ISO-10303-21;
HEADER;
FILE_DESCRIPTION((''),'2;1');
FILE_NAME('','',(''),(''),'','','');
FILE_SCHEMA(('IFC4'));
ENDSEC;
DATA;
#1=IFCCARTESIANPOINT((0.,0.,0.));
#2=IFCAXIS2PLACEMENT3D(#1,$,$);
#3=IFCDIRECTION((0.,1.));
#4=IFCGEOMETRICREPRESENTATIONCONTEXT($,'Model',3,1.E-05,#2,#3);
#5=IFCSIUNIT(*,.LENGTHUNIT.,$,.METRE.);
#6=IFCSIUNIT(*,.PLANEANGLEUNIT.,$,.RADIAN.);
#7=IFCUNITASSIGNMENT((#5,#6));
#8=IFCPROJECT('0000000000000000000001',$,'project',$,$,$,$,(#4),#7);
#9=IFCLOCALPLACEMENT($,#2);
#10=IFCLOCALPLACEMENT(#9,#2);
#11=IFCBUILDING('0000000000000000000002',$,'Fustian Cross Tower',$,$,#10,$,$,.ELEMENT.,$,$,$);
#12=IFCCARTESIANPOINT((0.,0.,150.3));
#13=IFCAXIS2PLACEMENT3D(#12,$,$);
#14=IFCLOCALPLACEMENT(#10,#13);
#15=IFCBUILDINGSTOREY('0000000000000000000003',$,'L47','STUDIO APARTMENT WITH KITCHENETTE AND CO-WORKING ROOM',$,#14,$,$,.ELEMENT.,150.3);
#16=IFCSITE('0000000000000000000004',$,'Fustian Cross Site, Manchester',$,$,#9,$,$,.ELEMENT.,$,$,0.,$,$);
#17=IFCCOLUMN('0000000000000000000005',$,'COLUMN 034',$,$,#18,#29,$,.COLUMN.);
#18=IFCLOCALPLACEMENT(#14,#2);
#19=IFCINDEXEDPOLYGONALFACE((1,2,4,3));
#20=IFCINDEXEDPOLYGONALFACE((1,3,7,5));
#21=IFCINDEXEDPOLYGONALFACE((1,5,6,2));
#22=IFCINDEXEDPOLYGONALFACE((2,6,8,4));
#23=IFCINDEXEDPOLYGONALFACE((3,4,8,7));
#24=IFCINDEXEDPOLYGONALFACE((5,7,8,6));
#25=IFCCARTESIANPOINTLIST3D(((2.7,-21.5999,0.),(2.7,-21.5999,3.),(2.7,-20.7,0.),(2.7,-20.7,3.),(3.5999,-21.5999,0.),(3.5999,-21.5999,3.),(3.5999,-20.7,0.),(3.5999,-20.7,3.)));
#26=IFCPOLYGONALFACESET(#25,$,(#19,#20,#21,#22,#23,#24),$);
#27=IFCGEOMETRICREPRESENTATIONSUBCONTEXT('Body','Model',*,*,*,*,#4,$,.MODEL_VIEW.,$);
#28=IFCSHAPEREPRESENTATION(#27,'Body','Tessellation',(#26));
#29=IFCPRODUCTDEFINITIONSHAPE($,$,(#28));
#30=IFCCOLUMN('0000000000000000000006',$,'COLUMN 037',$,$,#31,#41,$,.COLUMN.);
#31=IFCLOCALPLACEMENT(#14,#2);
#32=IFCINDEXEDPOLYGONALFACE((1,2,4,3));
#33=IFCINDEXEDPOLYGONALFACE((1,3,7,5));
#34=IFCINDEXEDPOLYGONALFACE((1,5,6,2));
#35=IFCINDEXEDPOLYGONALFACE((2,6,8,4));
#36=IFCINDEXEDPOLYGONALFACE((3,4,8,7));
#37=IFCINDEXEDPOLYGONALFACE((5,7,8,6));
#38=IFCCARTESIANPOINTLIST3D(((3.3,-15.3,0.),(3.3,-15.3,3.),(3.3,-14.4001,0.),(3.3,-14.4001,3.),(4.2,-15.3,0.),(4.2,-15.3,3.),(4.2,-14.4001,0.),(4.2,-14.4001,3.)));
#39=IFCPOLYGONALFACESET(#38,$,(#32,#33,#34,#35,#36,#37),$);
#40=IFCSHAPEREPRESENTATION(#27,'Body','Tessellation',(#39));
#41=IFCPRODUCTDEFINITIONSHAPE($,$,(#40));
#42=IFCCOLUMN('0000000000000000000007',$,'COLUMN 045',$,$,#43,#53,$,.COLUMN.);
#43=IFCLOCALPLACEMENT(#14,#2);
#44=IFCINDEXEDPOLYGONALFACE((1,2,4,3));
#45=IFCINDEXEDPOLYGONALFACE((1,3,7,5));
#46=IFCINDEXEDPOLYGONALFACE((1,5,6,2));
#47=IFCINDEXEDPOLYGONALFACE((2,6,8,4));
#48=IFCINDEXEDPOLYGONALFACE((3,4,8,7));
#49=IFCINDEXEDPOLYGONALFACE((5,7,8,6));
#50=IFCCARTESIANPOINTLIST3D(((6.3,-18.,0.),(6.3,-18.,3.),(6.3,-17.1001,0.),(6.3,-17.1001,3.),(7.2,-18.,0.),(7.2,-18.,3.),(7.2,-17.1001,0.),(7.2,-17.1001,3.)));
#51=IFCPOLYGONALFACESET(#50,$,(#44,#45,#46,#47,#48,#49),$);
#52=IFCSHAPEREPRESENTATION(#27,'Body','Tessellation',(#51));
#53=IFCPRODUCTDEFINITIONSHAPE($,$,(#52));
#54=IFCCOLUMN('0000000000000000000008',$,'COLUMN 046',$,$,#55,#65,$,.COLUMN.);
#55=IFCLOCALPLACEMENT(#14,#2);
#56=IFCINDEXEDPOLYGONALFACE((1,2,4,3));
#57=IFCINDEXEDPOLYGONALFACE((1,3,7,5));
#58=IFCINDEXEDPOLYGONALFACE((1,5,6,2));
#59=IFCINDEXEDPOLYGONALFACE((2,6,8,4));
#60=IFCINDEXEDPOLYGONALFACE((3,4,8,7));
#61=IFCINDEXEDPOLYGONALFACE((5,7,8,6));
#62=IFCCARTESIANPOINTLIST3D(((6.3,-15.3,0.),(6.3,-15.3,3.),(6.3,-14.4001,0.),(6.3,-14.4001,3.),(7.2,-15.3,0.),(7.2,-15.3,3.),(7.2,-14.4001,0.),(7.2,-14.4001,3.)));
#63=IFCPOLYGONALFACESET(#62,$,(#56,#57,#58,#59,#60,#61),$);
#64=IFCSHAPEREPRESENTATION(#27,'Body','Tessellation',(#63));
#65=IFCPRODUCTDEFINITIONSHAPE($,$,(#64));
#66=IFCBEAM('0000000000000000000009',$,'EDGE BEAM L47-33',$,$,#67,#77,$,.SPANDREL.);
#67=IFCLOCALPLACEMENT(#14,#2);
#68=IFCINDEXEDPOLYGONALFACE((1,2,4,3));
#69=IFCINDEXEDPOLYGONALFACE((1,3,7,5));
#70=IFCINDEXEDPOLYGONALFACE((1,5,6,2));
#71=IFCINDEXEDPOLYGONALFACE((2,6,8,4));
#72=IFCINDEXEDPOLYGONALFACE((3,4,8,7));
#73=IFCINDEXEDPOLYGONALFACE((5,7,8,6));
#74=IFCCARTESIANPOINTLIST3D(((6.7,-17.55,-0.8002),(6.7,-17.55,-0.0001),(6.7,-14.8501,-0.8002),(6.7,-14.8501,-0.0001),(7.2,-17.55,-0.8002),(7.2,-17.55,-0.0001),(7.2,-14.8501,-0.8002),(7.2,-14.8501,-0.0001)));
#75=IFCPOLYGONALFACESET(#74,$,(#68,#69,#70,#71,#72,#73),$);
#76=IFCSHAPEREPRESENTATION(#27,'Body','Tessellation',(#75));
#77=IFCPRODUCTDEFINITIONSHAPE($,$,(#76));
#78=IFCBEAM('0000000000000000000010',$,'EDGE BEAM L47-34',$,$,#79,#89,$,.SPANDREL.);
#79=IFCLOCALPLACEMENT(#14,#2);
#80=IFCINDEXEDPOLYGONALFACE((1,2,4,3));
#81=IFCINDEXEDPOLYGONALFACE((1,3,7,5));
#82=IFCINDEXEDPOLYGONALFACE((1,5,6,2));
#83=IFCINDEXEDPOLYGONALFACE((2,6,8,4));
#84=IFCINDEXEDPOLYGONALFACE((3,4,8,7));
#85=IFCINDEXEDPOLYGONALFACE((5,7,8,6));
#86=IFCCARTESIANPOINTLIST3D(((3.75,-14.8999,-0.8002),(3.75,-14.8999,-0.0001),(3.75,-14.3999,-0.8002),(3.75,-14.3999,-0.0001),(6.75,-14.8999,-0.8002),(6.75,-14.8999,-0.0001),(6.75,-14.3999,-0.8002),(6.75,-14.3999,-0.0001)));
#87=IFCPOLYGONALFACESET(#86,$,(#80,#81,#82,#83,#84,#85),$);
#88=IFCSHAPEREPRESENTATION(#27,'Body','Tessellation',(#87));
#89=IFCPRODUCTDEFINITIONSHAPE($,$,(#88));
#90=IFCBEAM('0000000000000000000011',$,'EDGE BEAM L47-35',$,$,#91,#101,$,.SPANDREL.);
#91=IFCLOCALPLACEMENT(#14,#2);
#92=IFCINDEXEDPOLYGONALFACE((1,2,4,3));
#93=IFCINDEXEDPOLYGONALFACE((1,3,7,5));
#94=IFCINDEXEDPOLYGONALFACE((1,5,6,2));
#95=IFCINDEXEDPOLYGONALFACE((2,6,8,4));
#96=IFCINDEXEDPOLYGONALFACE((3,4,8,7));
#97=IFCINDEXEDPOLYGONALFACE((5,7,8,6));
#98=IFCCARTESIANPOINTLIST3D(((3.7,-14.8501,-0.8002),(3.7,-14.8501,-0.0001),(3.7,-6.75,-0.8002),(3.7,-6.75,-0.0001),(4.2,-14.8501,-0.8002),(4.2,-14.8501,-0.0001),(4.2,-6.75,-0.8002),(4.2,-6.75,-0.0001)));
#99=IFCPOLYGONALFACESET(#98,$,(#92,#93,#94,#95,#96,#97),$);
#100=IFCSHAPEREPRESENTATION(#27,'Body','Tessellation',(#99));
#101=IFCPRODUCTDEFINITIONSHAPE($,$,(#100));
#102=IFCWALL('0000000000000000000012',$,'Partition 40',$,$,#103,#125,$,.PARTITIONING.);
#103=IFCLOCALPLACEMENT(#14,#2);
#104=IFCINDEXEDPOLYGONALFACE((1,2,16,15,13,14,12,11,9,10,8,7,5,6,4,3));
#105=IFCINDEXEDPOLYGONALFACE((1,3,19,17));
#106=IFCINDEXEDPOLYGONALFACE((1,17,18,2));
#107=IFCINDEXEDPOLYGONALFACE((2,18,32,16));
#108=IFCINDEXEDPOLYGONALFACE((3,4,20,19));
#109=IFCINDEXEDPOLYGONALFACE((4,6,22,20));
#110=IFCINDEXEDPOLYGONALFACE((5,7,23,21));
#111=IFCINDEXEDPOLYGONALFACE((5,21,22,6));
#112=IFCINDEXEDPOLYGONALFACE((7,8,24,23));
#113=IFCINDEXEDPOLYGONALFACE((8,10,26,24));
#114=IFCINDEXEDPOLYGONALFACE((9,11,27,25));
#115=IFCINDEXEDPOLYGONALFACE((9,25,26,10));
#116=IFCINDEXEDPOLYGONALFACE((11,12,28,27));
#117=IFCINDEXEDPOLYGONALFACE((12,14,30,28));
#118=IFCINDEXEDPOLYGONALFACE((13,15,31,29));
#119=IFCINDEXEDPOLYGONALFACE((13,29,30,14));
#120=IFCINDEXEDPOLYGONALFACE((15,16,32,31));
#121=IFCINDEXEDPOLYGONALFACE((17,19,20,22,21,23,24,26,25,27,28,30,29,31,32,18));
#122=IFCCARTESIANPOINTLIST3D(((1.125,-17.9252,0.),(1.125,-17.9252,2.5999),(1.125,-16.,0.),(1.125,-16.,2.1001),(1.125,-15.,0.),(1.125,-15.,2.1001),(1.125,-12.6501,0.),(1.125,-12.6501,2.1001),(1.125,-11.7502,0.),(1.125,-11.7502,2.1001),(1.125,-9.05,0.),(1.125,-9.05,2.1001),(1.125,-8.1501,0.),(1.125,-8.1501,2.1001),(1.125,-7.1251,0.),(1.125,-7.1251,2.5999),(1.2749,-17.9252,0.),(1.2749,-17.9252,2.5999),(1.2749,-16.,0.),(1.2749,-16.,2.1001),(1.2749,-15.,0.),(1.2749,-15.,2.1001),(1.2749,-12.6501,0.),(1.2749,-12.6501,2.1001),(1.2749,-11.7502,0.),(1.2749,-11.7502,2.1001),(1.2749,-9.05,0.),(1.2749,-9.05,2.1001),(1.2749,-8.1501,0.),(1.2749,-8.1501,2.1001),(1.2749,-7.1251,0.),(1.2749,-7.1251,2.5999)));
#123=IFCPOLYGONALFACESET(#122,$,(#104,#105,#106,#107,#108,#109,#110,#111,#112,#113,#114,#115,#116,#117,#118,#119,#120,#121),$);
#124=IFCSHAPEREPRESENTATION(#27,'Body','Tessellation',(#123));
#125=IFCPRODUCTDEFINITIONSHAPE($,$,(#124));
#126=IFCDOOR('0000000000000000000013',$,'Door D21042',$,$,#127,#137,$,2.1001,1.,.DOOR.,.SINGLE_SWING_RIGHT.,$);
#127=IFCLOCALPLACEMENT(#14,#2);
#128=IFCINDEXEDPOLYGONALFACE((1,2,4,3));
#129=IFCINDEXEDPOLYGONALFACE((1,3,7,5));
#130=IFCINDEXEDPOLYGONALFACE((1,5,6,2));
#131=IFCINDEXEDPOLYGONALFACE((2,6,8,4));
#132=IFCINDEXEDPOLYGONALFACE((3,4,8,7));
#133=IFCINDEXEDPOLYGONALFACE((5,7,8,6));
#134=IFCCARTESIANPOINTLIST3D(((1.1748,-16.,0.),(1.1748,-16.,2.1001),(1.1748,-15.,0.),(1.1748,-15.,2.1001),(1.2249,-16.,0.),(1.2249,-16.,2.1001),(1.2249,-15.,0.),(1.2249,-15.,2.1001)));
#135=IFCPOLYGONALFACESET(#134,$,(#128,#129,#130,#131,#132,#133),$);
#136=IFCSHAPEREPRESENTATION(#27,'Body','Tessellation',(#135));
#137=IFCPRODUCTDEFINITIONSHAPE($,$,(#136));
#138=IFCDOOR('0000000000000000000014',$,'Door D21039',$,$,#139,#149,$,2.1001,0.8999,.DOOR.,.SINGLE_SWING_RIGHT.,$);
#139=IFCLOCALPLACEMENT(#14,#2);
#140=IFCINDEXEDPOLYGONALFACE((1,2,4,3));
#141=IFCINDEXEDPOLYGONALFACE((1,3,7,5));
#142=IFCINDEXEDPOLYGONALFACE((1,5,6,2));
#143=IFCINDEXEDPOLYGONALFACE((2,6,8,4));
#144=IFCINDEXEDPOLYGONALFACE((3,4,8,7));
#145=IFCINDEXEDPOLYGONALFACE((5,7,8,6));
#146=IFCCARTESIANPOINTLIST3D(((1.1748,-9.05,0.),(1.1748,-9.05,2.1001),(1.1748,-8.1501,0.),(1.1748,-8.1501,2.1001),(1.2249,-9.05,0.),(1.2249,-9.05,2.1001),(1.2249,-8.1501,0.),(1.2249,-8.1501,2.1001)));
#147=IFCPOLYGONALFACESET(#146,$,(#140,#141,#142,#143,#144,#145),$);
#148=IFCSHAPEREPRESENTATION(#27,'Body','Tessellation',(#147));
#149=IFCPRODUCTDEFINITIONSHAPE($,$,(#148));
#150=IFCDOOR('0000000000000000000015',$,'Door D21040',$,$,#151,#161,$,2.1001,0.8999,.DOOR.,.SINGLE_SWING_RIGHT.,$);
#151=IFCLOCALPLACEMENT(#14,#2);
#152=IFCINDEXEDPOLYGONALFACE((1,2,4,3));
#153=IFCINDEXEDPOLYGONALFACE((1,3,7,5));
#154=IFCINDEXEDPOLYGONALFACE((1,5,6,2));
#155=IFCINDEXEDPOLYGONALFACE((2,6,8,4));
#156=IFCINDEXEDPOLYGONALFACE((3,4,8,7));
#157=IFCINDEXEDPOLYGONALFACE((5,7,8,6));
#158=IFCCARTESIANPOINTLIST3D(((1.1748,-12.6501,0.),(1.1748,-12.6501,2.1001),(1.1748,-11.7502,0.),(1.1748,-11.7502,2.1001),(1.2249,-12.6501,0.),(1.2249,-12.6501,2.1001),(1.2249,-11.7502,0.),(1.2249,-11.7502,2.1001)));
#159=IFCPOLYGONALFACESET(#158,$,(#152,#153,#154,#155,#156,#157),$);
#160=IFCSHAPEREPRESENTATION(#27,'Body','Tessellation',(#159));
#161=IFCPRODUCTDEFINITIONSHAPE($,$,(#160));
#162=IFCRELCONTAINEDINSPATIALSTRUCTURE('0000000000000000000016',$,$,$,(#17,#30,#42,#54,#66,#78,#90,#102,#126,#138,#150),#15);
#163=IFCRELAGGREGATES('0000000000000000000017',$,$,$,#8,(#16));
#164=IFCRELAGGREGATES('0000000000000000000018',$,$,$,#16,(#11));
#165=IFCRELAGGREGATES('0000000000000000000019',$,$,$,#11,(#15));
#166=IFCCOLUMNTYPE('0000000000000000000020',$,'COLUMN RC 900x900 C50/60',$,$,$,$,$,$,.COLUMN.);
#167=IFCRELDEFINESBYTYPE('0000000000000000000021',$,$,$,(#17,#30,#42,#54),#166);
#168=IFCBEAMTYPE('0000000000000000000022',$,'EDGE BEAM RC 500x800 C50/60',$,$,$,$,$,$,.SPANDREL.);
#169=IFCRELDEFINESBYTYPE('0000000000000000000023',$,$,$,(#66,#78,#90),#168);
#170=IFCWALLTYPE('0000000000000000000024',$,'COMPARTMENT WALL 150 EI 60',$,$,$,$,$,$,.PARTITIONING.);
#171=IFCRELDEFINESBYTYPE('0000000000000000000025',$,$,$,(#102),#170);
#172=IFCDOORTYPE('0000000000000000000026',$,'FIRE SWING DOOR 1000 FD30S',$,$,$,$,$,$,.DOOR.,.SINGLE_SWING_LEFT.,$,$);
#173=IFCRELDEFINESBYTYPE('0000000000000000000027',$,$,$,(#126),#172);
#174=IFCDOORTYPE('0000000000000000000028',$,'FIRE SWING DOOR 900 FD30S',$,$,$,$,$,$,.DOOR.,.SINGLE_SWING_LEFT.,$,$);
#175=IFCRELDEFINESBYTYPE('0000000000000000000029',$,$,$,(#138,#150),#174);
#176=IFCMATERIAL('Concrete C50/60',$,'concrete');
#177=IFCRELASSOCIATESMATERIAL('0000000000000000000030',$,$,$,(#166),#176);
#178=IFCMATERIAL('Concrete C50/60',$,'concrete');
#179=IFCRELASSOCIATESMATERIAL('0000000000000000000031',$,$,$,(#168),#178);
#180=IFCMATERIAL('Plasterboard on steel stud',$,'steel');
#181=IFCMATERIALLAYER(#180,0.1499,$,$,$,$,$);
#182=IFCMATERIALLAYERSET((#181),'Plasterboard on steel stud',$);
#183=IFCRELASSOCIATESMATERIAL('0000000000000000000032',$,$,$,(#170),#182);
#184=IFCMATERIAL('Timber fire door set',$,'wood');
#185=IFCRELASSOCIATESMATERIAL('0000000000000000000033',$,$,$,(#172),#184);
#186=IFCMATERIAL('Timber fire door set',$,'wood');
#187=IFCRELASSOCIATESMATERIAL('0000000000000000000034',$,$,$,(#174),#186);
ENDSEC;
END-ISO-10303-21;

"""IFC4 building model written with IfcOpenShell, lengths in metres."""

from ifc_helpers import new_model, si_unit, direction, frame, frame_2d, origin, origin_2d, place, context, subcontext, project, spatial, rectangle, extrude, material, layer, layer_set, material_profile, profile_set, type_object, element, fill, save


model = new_model("IFC4")

# Units and contexts
model_context = context("Model", 3, precision=1e-05, world=origin(), true_north=direction((0.0, 1.0)))
body_context = subcontext(model_context, "Body", "Model", "MODEL_VIEW")
ifc_project = project(units=[si_unit("LENGTHUNIT", "METRE"), si_unit("PLANEANGLEUNIT", "RADIAN")], contexts=[model_context])

# Site, building, storey
site_placement = place(None, origin())
site = spatial("IfcSite", under=ifc_project, at=site_placement, Name="Fustian Cross Site, Manchester", CompositionType="ELEMENT", RefElevation=0.0)
building_placement = place(site_placement, origin())
building = spatial("IfcBuilding", under=site, at=building_placement, Name="Fustian Cross Tower", CompositionType="ELEMENT")
storey_placement = place(building_placement, frame((0.0, 0.0, 150.3)))
storey = spatial("IfcBuildingStorey", under=building, at=storey_placement, Name="L47", Description="STUDIO APARTMENT WITH KITCHENETTE AND CO-WORKING ROOM", CompositionType="ELEMENT", Elevation=150.3)

# Columns
ifc_material_1 = material(Name="Concrete C50/60", Category="concrete")
ifc_material_profile_1 = material_profile(ifc_material_1, rectangle(XDim=0.8999, YDim=0.8999, at=origin_2d()), Name="RC 900x900")
ifc_profile_set_1 = profile_set([ifc_material_profile_1], Name="Concrete C50/60")
column_type = type_object("IfcColumnType", Name="COLUMN RC 900x900 C50/60", PredefinedType="COLUMN", material=ifc_profile_set_1)
for number, where, z_axis, x_axis, name in (
    (1, (3.1499, -21.1499, 0.0), (0.0, 0.0, 1.0), (1.0, 0.0, 0.0), "COLUMN 034"),
    (2, (3.75, -14.8501, 0.0), (0.0, 0.0, 1.0), (1.0, 0.0, 0.0), "COLUMN 037"),
    (3, (6.75, -17.55, 0.0), (0.0, 0.0, 1.0), (1.0, 0.0, 0.0), "COLUMN 045"),
    (4, (6.75, -14.8501, 0.0), (0.0, 0.0, 1.0), (1.0, 0.0, 0.0), "COLUMN 046"),
):
    element("IfcColumn", number, at=place(storey_placement, frame(where, z_axis=z_axis, x_axis=x_axis)), inside=storey, type_object=column_type, Name=name, PredefinedType="COLUMN", context=body_context, shape_type="SweptSolid", body=[
        extrude(rectangle(XDim=0.8999, YDim=0.8999, at=origin_2d()), origin(), (0.0, 0.0, 1.0), 3.0),
    ])

# Beams
ifc_material_2 = material(Name="Concrete C50/60", Category="concrete")
ifc_material_profile_2 = material_profile(ifc_material_2, rectangle(XDim=0.5, YDim=0.8, at=origin_2d()), Name="RC 500x800")
ifc_profile_set_2 = profile_set([ifc_material_profile_2], Name="Concrete C50/60")
beam_type = type_object("IfcBeamType", Name="EDGE BEAM RC 500x800 C50/60", PredefinedType="SPANDREL", material=ifc_profile_set_2)
beam_1_placement = place(storey_placement, frame((6.95, -17.55, -0.4001), z_axis=(0.0, 1.0, 0.0), x_axis=(-1.0, 0.0, 0.0)))
element("IfcBeam", 5, at=beam_1_placement, inside=storey, type_object=beam_type, Name="EDGE BEAM L47-33", PredefinedType="SPANDREL", context=body_context, shape_type="SweptSolid", body=[
    extrude(rectangle(XDim=0.5, YDim=0.8, at=origin_2d()), origin(), (0.0, 0.0, 1.0), 2.7),
])
beam_2_placement = place(storey_placement, frame((6.75, -14.6499, -0.4001), z_axis=(-1.0, 0.0, 0.0), x_axis=(0.0, -1.0, 0.0)))
element("IfcBeam", 6, at=beam_2_placement, inside=storey, type_object=beam_type, Name="EDGE BEAM L47-34", PredefinedType="SPANDREL", context=body_context, shape_type="SweptSolid", body=[
    extrude(rectangle(XDim=0.5, YDim=0.8, at=origin_2d()), origin(), (0.0, 0.0, 1.0), 3.0),
])
beam_3_placement = place(storey_placement, frame((3.95, -14.8501, -0.4001), z_axis=(0.0, 1.0, 0.0), x_axis=(-1.0, 0.0, 0.0)))
element("IfcBeam", 7, at=beam_3_placement, inside=storey, type_object=beam_type, Name="EDGE BEAM L47-35", PredefinedType="SPANDREL", context=body_context, shape_type="SweptSolid", body=[
    extrude(rectangle(XDim=0.5, YDim=0.8, at=origin_2d()), origin(), (0.0, 0.0, 1.0), 8.1001),
])

# Wall, openings, doors
ifc_material_3 = material(Name="Plasterboard on steel stud", Category="steel")
ifc_layer_1 = layer(ifc_material_3, 0.1499)
ifc_layer_set_1 = layer_set([ifc_layer_1], Name="Plasterboard on steel stud")
wall_type_1 = type_object("IfcWallType", Name="COMPARTMENT WALL 150 EI 60", PredefinedType="PARTITIONING", material=ifc_layer_set_1)
wall_1_placement = place(storey_placement, frame((1.2, -17.925, 0.0), z_axis=(0.0, 0.0, 1.0), x_axis=(0.0, 1.0, 0.0)))
wall_1 = element("IfcWall", 8, at=wall_1_placement, inside=storey, type_object=wall_type_1, Name="Partition 40", PredefinedType="PARTITIONING", context=body_context, shape_type="SweptSolid", body=[
    extrude(rectangle(XDim=10.8, YDim=0.1499, at=frame_2d((5.3999, 0.0))), origin(), (0.0, 0.0, 1.0), 2.5999),
])
opening_1_placement = place(wall_1_placement, frame((8.875, 0.0, 0.0)))
opening_1 = element("IfcOpeningElement", 9, at=opening_1_placement, cuts=wall_1, PredefinedType="OPENING", context=body_context, shape_type="SweptSolid", body=[
    extrude(rectangle(XDim=0.8999, YDim=2.1001, at=frame_2d((0.45, 1.05))), frame((0.0, 0.085, 0.0), z_axis=(0.0, -1.0, 0.0), x_axis=(1.0, 0.0, 0.0)), (0.0, 0.0, 1.0), 0.1699),
])
opening_2_placement = place(wall_1_placement, frame((5.2749, 0.0, 0.0)))
opening_2 = element("IfcOpeningElement", 10, at=opening_2_placement, cuts=wall_1, PredefinedType="OPENING", context=body_context, shape_type="SweptSolid", body=[
    extrude(rectangle(XDim=0.8999, YDim=2.1001, at=frame_2d((0.45, 1.05))), frame((0.0, 0.085, 0.0), z_axis=(0.0, -1.0, 0.0), x_axis=(1.0, 0.0, 0.0)), (0.0, 0.0, 1.0), 0.1699),
])
opening_3_placement = place(wall_1_placement, frame((1.925, 0.0, 0.0)))
opening_3 = element("IfcOpeningElement", 11, at=opening_3_placement, cuts=wall_1, PredefinedType="OPENING", context=body_context, shape_type="SweptSolid", body=[
    extrude(rectangle(XDim=1.0, YDim=2.1001, at=frame_2d((0.5, 1.05))), frame((0.0, 0.085, 0.0), z_axis=(0.0, -1.0, 0.0), x_axis=(1.0, 0.0, 0.0)), (0.0, 0.0, 1.0), 0.1699),
])
ifc_material_4 = material(Name="Timber fire door set", Category="wood")
door_type_1 = type_object("IfcDoorType", Name="FIRE SWING DOOR 1000 FD30S", OperationType="SINGLE_SWING_LEFT", PredefinedType="DOOR", material=ifc_material_4)
door_1_placement = place(opening_3_placement, frame((1.0, 0.0, 0.0), z_axis=(0.0, 0.0, 1.0), x_axis=(-1.0, 0.0, 0.0)))
door_1 = element("IfcDoor", 12, at=door_1_placement, inside=storey, type_object=door_type_1, Name="Door D21042", OperationType="SINGLE_SWING_RIGHT", OverallHeight=2.1001, OverallWidth=1.0, PredefinedType="DOOR", context=body_context, shape_type="SweptSolid", body=[
    extrude(rectangle(XDim=1.0, YDim=2.1001, at=frame_2d((0.5, 1.05))), frame((0.0, 0.0249, 0.0), z_axis=(0.0, -1.0, 0.0), x_axis=(1.0, 0.0, 0.0)), (0.0, 0.0, 1.0), 0.05),
])
fill(opening_3, door_1)
ifc_material_5 = material(Name="Timber fire door set", Category="wood")
door_type_2 = type_object("IfcDoorType", Name="FIRE SWING DOOR 900 FD30S", OperationType="SINGLE_SWING_LEFT", PredefinedType="DOOR", material=ifc_material_5)
door_2_placement = place(opening_1_placement, frame((0.8999, 0.0, 0.0), z_axis=(0.0, 0.0, 1.0), x_axis=(-1.0, 0.0, 0.0)))
door_2 = element("IfcDoor", 13, at=door_2_placement, inside=storey, type_object=door_type_2, Name="Door D21039", OperationType="SINGLE_SWING_RIGHT", OverallHeight=2.1001, OverallWidth=0.8999, PredefinedType="DOOR", context=body_context, shape_type="SweptSolid", body=[
    extrude(rectangle(XDim=0.8999, YDim=2.1001, at=frame_2d((0.45, 1.05))), frame((0.0, 0.0249, 0.0), z_axis=(0.0, -1.0, 0.0), x_axis=(1.0, 0.0, 0.0)), (0.0, 0.0, 1.0), 0.05),
])
fill(opening_1, door_2)
door_3_placement = place(opening_2_placement, frame((0.8999, 0.0, 0.0), z_axis=(0.0, 0.0, 1.0), x_axis=(-1.0, 0.0, 0.0)))
door_3 = element("IfcDoor", 14, at=door_3_placement, inside=storey, type_object=door_type_2, Name="Door D21040", OperationType="SINGLE_SWING_RIGHT", OverallHeight=2.1001, OverallWidth=0.8999, PredefinedType="DOOR", context=body_context, shape_type="SweptSolid", body=[
    extrude(rectangle(XDim=0.8999, YDim=2.1001, at=frame_2d((0.45, 1.05))), frame((0.0, 0.0249, 0.0), z_axis=(0.0, -1.0, 0.0), x_axis=(1.0, 0.0, 0.0)), (0.0, 0.0, 1.0), 0.05),
])
fill(opening_2, door_3)

save(model, "model.ifc")
